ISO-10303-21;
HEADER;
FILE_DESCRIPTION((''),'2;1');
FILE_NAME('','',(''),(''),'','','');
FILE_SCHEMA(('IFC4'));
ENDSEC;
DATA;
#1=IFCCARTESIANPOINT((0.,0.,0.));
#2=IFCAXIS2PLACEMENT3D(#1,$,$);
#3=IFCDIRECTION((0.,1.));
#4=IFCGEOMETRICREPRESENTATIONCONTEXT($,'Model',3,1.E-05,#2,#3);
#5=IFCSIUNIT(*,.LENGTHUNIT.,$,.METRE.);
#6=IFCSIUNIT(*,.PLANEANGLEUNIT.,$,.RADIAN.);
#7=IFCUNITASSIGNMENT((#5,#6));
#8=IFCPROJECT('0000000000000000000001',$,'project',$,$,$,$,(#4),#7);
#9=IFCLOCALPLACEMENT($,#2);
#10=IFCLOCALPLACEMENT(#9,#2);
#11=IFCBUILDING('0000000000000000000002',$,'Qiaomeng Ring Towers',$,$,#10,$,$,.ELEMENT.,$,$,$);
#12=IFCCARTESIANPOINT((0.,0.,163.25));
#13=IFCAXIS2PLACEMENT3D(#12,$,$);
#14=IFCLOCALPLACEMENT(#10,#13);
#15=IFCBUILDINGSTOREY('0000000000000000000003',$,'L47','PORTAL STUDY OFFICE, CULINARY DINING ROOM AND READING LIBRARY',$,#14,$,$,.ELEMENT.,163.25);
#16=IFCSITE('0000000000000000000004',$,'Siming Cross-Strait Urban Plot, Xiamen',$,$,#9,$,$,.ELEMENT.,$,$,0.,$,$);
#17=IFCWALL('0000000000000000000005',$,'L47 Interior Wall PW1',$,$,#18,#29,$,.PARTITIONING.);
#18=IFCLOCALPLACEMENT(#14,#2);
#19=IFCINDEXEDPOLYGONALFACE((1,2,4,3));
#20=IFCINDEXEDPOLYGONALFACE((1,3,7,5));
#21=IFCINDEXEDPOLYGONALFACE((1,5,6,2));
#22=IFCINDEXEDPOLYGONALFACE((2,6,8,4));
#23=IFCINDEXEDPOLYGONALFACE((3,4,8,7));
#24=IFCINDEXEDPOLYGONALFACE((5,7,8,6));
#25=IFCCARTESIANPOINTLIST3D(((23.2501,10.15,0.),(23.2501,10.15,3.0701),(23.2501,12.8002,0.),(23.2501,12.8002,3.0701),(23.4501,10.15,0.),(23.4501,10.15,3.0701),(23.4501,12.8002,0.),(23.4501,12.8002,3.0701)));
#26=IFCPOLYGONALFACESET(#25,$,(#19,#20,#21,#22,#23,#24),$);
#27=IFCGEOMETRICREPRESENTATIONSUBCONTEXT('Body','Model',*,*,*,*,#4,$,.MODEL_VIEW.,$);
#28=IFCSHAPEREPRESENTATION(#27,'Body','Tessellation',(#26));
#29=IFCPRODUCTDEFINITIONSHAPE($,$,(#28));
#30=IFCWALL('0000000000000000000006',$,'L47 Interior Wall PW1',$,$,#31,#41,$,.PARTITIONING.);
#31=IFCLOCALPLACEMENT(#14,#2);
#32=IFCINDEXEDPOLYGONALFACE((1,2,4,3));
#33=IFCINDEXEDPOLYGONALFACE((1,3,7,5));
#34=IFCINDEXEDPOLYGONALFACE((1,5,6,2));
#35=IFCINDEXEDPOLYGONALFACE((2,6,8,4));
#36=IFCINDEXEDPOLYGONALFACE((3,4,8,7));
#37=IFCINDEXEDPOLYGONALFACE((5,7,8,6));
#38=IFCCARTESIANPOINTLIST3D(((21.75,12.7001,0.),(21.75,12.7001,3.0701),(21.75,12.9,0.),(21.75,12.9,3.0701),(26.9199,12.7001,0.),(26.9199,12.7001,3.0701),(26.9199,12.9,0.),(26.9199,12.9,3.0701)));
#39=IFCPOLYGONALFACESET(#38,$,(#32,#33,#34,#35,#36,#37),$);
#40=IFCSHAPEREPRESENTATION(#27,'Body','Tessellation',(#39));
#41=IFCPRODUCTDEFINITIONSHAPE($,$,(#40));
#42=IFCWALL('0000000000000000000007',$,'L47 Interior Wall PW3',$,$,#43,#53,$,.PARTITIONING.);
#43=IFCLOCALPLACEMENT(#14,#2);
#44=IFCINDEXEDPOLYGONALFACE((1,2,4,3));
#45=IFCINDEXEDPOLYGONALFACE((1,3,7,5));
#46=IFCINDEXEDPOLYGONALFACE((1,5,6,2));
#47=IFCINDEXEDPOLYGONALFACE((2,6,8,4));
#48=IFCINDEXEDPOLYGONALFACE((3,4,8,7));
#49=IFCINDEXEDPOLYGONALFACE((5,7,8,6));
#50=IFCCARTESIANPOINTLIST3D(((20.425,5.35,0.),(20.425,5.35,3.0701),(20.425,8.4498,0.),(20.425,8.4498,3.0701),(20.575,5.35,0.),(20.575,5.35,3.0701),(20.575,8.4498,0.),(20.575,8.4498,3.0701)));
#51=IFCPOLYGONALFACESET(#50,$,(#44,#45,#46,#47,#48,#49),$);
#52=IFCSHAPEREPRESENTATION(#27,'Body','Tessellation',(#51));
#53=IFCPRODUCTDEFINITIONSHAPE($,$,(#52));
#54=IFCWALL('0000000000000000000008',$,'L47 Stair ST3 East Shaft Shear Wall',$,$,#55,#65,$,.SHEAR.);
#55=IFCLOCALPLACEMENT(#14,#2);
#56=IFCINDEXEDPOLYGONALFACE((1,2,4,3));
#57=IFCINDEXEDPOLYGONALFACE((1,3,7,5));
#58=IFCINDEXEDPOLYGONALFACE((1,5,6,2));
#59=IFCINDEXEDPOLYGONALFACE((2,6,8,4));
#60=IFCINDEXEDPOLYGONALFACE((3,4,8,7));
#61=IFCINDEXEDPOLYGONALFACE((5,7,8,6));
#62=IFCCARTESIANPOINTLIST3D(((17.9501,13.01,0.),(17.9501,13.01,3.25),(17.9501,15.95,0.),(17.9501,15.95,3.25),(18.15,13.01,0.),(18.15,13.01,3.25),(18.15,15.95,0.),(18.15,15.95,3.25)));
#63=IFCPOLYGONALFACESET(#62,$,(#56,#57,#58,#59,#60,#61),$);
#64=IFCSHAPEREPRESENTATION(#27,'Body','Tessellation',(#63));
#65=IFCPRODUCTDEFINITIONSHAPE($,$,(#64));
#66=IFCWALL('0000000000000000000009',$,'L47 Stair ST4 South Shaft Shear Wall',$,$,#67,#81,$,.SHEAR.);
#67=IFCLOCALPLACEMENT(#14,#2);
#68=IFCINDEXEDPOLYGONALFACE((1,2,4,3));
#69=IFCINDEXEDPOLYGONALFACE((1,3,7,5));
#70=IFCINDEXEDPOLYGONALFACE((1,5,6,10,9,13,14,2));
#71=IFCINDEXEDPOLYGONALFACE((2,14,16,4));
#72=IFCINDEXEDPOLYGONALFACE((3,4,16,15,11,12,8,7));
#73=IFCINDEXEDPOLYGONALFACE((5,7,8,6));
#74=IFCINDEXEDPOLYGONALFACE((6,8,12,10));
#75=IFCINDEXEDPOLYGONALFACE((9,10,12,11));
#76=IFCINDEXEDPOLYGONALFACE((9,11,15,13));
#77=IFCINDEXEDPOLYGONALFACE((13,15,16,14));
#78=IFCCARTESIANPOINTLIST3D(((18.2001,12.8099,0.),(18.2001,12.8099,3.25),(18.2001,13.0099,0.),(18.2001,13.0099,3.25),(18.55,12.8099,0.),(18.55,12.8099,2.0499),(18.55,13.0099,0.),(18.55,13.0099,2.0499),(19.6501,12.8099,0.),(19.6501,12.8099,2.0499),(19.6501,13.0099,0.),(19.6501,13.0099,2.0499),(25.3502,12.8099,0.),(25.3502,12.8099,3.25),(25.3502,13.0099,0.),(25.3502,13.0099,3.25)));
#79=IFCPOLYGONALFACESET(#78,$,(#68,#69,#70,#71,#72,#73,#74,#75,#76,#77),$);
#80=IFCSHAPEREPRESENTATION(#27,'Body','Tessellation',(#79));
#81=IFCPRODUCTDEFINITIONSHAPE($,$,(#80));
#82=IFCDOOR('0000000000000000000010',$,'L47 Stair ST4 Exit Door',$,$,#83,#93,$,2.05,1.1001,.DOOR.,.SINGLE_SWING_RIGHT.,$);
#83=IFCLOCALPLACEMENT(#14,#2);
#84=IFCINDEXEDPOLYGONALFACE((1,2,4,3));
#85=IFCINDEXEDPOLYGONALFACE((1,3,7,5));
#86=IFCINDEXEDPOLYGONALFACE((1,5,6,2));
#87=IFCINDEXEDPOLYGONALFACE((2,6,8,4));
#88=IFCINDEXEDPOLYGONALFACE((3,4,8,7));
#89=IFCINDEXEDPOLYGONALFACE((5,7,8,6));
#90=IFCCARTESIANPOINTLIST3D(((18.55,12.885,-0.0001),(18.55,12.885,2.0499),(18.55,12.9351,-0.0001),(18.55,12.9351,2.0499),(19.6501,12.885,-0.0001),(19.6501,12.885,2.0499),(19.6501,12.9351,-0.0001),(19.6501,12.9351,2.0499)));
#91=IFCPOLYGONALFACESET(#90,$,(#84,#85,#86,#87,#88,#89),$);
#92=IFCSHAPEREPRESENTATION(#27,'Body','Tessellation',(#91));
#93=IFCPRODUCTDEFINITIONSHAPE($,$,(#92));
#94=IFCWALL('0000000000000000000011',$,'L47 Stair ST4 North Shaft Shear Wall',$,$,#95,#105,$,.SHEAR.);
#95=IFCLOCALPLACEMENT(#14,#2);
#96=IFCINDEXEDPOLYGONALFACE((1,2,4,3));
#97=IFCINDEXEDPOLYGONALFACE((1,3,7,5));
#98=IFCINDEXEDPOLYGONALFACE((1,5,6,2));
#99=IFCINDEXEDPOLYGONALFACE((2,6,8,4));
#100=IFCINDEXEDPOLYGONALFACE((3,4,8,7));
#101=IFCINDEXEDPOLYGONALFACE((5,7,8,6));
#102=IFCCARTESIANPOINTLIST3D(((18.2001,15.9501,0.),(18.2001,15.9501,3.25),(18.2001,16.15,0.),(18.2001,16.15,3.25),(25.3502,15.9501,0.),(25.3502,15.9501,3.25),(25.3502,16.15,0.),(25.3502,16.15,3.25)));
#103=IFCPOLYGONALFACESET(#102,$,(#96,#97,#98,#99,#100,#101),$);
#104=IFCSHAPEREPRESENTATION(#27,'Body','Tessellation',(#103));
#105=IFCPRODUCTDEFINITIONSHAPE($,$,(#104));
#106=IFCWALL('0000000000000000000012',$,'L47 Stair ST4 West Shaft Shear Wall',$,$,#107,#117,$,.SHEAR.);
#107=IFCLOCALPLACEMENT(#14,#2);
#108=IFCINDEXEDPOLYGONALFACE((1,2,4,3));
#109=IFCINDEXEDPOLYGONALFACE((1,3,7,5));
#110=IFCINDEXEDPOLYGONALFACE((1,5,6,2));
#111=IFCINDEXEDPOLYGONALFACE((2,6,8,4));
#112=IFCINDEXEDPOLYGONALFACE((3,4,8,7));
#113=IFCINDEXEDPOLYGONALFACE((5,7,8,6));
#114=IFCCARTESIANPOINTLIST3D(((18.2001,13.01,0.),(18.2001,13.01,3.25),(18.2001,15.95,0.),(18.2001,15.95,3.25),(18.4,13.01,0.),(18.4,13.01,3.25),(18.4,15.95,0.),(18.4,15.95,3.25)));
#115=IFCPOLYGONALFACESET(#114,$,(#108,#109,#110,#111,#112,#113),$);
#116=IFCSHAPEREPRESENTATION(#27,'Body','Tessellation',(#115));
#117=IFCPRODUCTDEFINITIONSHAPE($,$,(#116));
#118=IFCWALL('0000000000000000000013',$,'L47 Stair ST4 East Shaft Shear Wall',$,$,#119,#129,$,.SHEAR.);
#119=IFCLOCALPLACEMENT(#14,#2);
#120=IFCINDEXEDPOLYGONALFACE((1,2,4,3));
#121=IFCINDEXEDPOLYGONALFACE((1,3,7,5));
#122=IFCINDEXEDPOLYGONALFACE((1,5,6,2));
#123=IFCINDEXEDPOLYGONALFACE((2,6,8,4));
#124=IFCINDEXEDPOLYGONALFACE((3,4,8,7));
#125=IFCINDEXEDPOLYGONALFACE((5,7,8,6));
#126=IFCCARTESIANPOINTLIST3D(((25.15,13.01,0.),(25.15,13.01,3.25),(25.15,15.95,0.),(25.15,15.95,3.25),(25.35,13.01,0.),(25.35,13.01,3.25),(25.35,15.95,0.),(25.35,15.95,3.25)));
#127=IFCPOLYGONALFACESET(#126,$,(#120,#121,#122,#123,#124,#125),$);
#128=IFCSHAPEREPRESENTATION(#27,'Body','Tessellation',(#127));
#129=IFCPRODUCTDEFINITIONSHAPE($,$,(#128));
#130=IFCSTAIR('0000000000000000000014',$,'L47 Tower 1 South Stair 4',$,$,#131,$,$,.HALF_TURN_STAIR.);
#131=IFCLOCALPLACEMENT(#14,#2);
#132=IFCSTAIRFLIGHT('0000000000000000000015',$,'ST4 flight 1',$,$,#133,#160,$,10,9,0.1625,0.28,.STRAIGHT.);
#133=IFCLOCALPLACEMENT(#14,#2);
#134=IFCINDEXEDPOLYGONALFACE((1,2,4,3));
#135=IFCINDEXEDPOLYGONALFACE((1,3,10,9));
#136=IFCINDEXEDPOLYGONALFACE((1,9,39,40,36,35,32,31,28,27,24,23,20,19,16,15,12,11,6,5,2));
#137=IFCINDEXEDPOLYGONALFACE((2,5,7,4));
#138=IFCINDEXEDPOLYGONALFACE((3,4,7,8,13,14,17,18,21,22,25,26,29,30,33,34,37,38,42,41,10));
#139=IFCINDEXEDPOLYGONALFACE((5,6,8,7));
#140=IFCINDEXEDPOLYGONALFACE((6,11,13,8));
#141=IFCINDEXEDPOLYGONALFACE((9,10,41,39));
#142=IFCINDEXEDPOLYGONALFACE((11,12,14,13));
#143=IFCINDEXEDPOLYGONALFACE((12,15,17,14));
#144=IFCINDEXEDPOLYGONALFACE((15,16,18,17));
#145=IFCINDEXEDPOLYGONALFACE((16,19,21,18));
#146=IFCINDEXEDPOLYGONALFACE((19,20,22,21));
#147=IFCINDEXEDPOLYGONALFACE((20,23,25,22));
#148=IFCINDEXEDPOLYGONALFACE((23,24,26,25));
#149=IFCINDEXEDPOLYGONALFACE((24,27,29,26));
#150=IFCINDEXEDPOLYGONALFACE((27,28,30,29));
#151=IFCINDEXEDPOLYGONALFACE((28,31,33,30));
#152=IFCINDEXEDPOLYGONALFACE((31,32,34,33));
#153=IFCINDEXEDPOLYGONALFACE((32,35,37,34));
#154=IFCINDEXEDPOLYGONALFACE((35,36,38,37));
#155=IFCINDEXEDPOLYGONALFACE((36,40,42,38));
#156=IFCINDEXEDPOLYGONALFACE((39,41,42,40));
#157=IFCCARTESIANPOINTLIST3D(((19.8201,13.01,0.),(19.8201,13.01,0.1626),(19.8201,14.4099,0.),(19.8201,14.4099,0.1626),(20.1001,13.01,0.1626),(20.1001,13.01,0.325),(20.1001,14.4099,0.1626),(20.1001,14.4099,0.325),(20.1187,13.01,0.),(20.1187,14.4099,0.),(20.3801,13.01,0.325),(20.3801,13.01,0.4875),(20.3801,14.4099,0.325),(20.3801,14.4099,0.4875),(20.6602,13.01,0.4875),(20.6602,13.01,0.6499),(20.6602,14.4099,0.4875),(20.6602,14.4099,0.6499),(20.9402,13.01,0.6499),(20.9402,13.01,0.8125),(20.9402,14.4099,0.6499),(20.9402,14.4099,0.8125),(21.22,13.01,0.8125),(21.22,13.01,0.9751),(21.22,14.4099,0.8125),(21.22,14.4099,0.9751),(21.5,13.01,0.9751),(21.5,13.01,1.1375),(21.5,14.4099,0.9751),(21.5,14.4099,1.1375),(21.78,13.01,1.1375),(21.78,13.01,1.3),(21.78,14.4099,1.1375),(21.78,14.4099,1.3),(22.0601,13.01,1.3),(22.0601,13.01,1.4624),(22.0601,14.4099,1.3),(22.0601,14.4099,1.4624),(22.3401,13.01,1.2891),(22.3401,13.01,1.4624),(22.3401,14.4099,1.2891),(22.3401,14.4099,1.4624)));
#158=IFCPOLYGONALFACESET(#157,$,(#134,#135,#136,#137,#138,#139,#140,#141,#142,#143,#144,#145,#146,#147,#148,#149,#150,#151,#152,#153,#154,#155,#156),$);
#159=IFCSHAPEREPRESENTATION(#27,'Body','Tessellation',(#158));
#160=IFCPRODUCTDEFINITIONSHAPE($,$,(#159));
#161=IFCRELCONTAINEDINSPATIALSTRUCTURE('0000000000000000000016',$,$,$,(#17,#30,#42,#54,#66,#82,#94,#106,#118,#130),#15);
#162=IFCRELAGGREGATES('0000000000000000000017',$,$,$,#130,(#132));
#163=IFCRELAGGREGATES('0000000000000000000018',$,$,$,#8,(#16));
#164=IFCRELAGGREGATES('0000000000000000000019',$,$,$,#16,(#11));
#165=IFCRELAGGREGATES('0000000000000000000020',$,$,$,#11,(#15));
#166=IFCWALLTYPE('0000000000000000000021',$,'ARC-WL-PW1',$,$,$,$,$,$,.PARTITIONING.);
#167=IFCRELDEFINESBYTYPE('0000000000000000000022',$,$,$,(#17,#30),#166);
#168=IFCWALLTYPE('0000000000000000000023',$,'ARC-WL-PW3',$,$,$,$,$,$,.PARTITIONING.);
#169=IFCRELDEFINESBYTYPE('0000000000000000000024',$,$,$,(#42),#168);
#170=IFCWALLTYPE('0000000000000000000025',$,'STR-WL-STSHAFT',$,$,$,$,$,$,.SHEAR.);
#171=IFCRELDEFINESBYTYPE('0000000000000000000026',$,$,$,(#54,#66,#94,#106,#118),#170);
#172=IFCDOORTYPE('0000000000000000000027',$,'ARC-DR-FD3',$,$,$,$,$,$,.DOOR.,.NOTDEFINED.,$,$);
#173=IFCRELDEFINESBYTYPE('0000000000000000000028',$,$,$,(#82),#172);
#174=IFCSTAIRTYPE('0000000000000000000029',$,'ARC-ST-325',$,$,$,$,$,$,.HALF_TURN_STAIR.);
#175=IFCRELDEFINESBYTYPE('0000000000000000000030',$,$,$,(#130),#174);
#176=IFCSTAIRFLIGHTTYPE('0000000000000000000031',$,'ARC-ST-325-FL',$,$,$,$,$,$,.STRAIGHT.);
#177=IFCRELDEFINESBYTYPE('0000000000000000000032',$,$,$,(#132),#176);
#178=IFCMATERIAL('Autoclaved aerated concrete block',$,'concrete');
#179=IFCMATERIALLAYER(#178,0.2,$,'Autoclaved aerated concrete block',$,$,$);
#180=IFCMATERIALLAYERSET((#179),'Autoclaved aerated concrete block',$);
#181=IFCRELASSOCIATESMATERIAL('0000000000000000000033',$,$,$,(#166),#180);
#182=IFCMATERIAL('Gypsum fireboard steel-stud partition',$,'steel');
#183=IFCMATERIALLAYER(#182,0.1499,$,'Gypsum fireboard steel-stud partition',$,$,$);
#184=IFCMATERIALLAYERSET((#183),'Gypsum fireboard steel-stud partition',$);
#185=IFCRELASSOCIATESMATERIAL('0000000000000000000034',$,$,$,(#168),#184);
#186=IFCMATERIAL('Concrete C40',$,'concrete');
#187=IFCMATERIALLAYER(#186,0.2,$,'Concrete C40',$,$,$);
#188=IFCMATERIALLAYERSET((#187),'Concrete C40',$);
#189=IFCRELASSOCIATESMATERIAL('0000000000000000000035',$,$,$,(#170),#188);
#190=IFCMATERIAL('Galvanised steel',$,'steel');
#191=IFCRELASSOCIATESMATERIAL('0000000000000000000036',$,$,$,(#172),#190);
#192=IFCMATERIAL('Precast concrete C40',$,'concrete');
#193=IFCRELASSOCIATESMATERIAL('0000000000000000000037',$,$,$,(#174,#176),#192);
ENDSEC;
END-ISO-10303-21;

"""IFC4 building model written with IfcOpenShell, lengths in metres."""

from ifc_helpers import new_model, si_unit, direction, frame, frame_2d, origin, place, context, subcontext, project, spatial, polyline, rectangle, outline, extrude, source, transform, mapped, material, layer, layer_set, type_object, element, fill, aggregate, save


model = new_model("IFC4")

# Units and contexts
model_context = context("Model", 3, precision=1e-05, world=origin(), true_north=direction((0.0, 1.0)))
body_context = subcontext(model_context, "Body", "Model", "MODEL_VIEW")
ifc_project = project(units=[si_unit("LENGTHUNIT", "METRE"), si_unit("PLANEANGLEUNIT", "RADIAN")], contexts=[model_context])

# Site, building, storey
site_placement = place(None, origin())
site = spatial("IfcSite", under=ifc_project, at=site_placement, Name="Siming Cross-Strait Urban Plot, Xiamen", CompositionType="ELEMENT", RefElevation=0.0)
building_placement = place(site_placement, origin())
building = spatial("IfcBuilding", under=site, at=building_placement, Name="Qiaomeng Ring Towers", CompositionType="ELEMENT")
storey_placement = place(building_placement, frame((0.0, 0.0, 163.25)))
storey = spatial("IfcBuildingStorey", under=building, at=storey_placement, Name="L47", Description="PORTAL STUDY OFFICE, CULINARY DINING ROOM AND READING LIBRARY", CompositionType="ELEMENT", Elevation=163.25)

# Walls
ifc_material_1 = material(Name="Autoclaved aerated concrete block", Category="concrete")
ifc_layer_1 = layer(ifc_material_1, 0.2, Name="Autoclaved aerated concrete block")
ifc_layer_set_1 = layer_set([ifc_layer_1], Name="Autoclaved aerated concrete block")
wall_type_1 = type_object("IfcWallType", Name="ARC-WL-PW1", PredefinedType="PARTITIONING", material=ifc_layer_set_1)
for number, where, z_axis, x_axis, name in (
    (1, (23.3501, 10.1499, 0.0), (0.0, 0.0, 1.0), (0.0, 1.0, 0.0), "L47 Interior Wall PW1"),
):
    element("IfcWall", number, at=place(storey_placement, frame(where, z_axis=z_axis, x_axis=x_axis)), inside=storey, type_object=wall_type_1, Name=name, PredefinedType="PARTITIONING", context=body_context, shape_type="SweptSolid", body=[
        extrude(rectangle(XDim=2.6501, YDim=0.2, at=frame_2d((1.3252, 0.0))), origin(), (0.0, 0.0, 1.0), 3.0701),
    ])
wall_1_placement = place(storey_placement, frame((21.75, 12.8, 0.0), z_axis=(0.0, 0.0, 1.0), x_axis=(1.0, 0.0, 0.0)))
element("IfcWall", 2, at=wall_1_placement, inside=storey, type_object=wall_type_1, Name="L47 Interior Wall PW1", PredefinedType="PARTITIONING", context=body_context, shape_type="SweptSolid", body=[
    extrude(rectangle(XDim=5.1699, YDim=0.2, at=frame_2d((2.585, 0.0))), origin(), (0.0, 0.0, 1.0), 3.0701),
])
ifc_material_2 = material(Name="Gypsum fireboard steel-stud partition", Category="steel")
ifc_layer_2 = layer(ifc_material_2, 0.1499, Name="Gypsum fireboard steel-stud partition")
ifc_layer_set_2 = layer_set([ifc_layer_2], Name="Gypsum fireboard steel-stud partition")
wall_type_2 = type_object("IfcWallType", Name="ARC-WL-PW3", PredefinedType="PARTITIONING", material=ifc_layer_set_2)
wall_2_placement = place(storey_placement, frame((20.5, 5.3501, 0.0), z_axis=(0.0, 0.0, 1.0), x_axis=(0.0, 1.0, 0.0)))
element("IfcWall", 3, at=wall_2_placement, inside=storey, type_object=wall_type_2, Name="L47 Interior Wall PW3", PredefinedType="PARTITIONING", context=body_context, shape_type="SweptSolid", body=[
    extrude(rectangle(XDim=3.0999, YDim=0.1499, at=frame_2d((1.5498, 0.0))), origin(), (0.0, 0.0, 1.0), 3.0701),
])
ifc_material_3 = material(Name="Concrete C40", Category="concrete")
ifc_layer_3 = layer(ifc_material_3, 0.2, Name="Concrete C40")
ifc_layer_set_3 = layer_set([ifc_layer_3], Name="Concrete C40")
wall_type_3 = type_object("IfcWallType", Name="STR-WL-STSHAFT", PredefinedType="SHEAR", material=ifc_layer_set_3)
wall_3_placement = place(storey_placement, frame((18.05, 13.01, 0.0), z_axis=(0.0, 0.0, 1.0), x_axis=(0.0, 1.0, 0.0)))
element("IfcWall", 4, at=wall_3_placement, inside=storey, type_object=wall_type_3, Name="L47 Stair ST3 East Shaft Shear Wall", PredefinedType="SHEAR", context=body_context, shape_type="SweptSolid", body=[
    extrude(rectangle(XDim=2.9399, YDim=0.2, at=frame_2d((1.47, 0.0))), origin(), (0.0, 0.0, 1.0), 3.25),
])

# Wall, opening, door
wall_4_placement = place(storey_placement, frame((18.2, 12.9099, 0.0), z_axis=(0.0, 0.0, 1.0), x_axis=(1.0, 0.0, 0.0)))
wall_4 = element("IfcWall", 5, at=wall_4_placement, inside=storey, type_object=wall_type_3, Name="L47 Stair ST4 South Shaft Shear Wall", PredefinedType="SHEAR", context=body_context, shape_type="SweptSolid", body=[
    extrude(rectangle(XDim=7.1501, YDim=0.2, at=frame_2d((3.5752, 0.0))), origin(), (0.0, 0.0, 1.0), 3.25),
])
opening_placement = place(wall_4_placement, frame((0.3501, 0.0, 0.0)))
opening = element("IfcOpeningElement", 6, at=opening_placement, cuts=wall_4, PredefinedType="OPENING", context=body_context, shape_type="SweptSolid", body=[
    extrude(rectangle(XDim=1.1001, YDim=2.05, at=frame_2d((0.55, 1.0249))), frame((0.0, 0.1099, 0.0), z_axis=(0.0, -1.0, 0.0), x_axis=(1.0, 0.0, 0.0)), (0.0, 0.0, 1.0), 0.22),
])
ifc_material_4 = material(Name="Galvanised steel", Category="steel")
door_type = type_object("IfcDoorType", Name="ARC-DR-FD3", OperationType="NOTDEFINED", PredefinedType="DOOR", material=ifc_material_4)
shared_shape_1 = source(origin(), body_context, "Body", "SweptSolid", [
    extrude(rectangle(XDim=1.1001, YDim=2.05, at=frame_2d((0.55, 1.0249))), frame((0.0, 0.0249, 0.0), z_axis=(0.0, -1.0, 0.0), x_axis=(1.0, 0.0, 0.0)), (0.0, 0.0, 1.0), 0.05),
])
door_placement = place(opening_placement, frame((1.1001, 0.0, 0.0), z_axis=(0.0, 0.0, 1.0), x_axis=(-1.0, 0.0, 0.0)))
door = element("IfcDoor", 7, at=door_placement, inside=storey, type_object=door_type, Name="L47 Stair ST4 Exit Door", OperationType="SINGLE_SWING_RIGHT", OverallHeight=2.05, OverallWidth=1.1001, PredefinedType="DOOR", context=body_context, shape_type="MappedRepresentation", body=[
    mapped(shared_shape_1, transform((0.0, 0.0, 0.0), x_axis=(1.0, 0.0, 0.0), y_axis=(0.0, 1.0, 0.0), z_axis=(0.0, 0.0, 1.0), scale=1.0)),
])
fill(opening, door)

# Walls
wall_5_placement = place(storey_placement, frame((18.2, 16.05, 0.0), z_axis=(0.0, 0.0, 1.0), x_axis=(1.0, 0.0, 0.0)))
element("IfcWall", 8, at=wall_5_placement, inside=storey, type_object=wall_type_3, Name="L47 Stair ST4 North Shaft Shear Wall", PredefinedType="SHEAR", context=body_context, shape_type="SweptSolid", body=[
    extrude(rectangle(XDim=7.1501, YDim=0.2, at=frame_2d((3.5752, 0.0))), origin(), (0.0, 0.0, 1.0), 3.25),
])
for number, where, z_axis, x_axis, name in (
    (9, (18.3, 13.01, 0.0), (0.0, 0.0, 1.0), (0.0, 1.0, 0.0), "L47 Stair ST4 West Shaft Shear Wall"),
    (10, (25.25, 13.01, 0.0), (0.0, 0.0, 1.0), (0.0, 1.0, 0.0), "L47 Stair ST4 East Shaft Shear Wall"),
):
    element("IfcWall", number, at=place(storey_placement, frame(where, z_axis=z_axis, x_axis=x_axis)), inside=storey, type_object=wall_type_3, Name=name, PredefinedType="SHEAR", context=body_context, shape_type="SweptSolid", body=[
        extrude(rectangle(XDim=2.9399, YDim=0.2, at=frame_2d((1.47, 0.0))), origin(), (0.0, 0.0, 1.0), 3.25),
    ])

# Stair, stair flight
ifc_material_5 = material(Name="Precast concrete C40", Category="concrete")
stair_type = type_object("IfcStairType", Name="ARC-ST-325", PredefinedType="HALF_TURN_STAIR", material=ifc_material_5)
stair_placement = place(storey_placement, origin())
stair = element("IfcStair", 11, at=stair_placement, inside=storey, type_object=stair_type, Name="L47 Tower 1 South Stair 4", PredefinedType="HALF_TURN_STAIR")
stair_flight_type = type_object("IfcStairFlightType", Name="ARC-ST-325-FL", PredefinedType="STRAIGHT", material=ifc_material_5)
shared_shape_2 = source(origin(), body_context, "Body", "SweptSolid", [
    extrude(outline(polyline([(0.0, 0.0), (0.0, 0.1626), (0.28, 0.1626), (0.28, 0.325), (0.5601, 0.325), (0.5601, 0.4875), (0.8401, 0.4875), (0.8401, 0.6499), (1.1201, 0.6499), (1.1201, 0.8125), (1.3999, 0.8125), (1.3999, 0.9751), (1.6799, 0.9751), (1.6799, 1.1375), (1.96, 1.1375), (1.96, 1.3), (2.24, 1.3), (2.24, 1.4624), (2.52, 1.4624), (2.52, 1.625), (2.52, 1.2891), (0.2986, 0.0), (0.0, 0.0)])), frame((0.0, 0.7, 0.0), z_axis=(0.0, -1.0, 0.0), x_axis=(1.0, 0.0, 0.0)), (0.0, 0.0, 1.0), 1.3999),
])
stair_flight_1_placement = place(storey_placement, frame((19.8201, 13.71, 0.0), z_axis=(0.0, 0.0, 1.0), x_axis=(1.0, 0.0, 0.0)))
stair_flight_1 = element("IfcStairFlight", 12, at=stair_flight_1_placement, type_object=stair_flight_type, Name="ST4 flight 1", NumberOfRisers=10, NumberOfTreads=9, PredefinedType="STRAIGHT", RiserHeight=0.1625, TreadLength=0.28, context=body_context, shape_type="MappedRepresentation", body=[
    mapped(shared_shape_2, transform((0.0, 0.0, 0.0), x_axis=(1.0, 0.0, 0.0), y_axis=(0.0, 1.0, 0.0), z_axis=(0.0, 0.0, 1.0), scale=1.0)),
])
aggregate(stair, [stair_flight_1])

save(model, "model.ifc")
